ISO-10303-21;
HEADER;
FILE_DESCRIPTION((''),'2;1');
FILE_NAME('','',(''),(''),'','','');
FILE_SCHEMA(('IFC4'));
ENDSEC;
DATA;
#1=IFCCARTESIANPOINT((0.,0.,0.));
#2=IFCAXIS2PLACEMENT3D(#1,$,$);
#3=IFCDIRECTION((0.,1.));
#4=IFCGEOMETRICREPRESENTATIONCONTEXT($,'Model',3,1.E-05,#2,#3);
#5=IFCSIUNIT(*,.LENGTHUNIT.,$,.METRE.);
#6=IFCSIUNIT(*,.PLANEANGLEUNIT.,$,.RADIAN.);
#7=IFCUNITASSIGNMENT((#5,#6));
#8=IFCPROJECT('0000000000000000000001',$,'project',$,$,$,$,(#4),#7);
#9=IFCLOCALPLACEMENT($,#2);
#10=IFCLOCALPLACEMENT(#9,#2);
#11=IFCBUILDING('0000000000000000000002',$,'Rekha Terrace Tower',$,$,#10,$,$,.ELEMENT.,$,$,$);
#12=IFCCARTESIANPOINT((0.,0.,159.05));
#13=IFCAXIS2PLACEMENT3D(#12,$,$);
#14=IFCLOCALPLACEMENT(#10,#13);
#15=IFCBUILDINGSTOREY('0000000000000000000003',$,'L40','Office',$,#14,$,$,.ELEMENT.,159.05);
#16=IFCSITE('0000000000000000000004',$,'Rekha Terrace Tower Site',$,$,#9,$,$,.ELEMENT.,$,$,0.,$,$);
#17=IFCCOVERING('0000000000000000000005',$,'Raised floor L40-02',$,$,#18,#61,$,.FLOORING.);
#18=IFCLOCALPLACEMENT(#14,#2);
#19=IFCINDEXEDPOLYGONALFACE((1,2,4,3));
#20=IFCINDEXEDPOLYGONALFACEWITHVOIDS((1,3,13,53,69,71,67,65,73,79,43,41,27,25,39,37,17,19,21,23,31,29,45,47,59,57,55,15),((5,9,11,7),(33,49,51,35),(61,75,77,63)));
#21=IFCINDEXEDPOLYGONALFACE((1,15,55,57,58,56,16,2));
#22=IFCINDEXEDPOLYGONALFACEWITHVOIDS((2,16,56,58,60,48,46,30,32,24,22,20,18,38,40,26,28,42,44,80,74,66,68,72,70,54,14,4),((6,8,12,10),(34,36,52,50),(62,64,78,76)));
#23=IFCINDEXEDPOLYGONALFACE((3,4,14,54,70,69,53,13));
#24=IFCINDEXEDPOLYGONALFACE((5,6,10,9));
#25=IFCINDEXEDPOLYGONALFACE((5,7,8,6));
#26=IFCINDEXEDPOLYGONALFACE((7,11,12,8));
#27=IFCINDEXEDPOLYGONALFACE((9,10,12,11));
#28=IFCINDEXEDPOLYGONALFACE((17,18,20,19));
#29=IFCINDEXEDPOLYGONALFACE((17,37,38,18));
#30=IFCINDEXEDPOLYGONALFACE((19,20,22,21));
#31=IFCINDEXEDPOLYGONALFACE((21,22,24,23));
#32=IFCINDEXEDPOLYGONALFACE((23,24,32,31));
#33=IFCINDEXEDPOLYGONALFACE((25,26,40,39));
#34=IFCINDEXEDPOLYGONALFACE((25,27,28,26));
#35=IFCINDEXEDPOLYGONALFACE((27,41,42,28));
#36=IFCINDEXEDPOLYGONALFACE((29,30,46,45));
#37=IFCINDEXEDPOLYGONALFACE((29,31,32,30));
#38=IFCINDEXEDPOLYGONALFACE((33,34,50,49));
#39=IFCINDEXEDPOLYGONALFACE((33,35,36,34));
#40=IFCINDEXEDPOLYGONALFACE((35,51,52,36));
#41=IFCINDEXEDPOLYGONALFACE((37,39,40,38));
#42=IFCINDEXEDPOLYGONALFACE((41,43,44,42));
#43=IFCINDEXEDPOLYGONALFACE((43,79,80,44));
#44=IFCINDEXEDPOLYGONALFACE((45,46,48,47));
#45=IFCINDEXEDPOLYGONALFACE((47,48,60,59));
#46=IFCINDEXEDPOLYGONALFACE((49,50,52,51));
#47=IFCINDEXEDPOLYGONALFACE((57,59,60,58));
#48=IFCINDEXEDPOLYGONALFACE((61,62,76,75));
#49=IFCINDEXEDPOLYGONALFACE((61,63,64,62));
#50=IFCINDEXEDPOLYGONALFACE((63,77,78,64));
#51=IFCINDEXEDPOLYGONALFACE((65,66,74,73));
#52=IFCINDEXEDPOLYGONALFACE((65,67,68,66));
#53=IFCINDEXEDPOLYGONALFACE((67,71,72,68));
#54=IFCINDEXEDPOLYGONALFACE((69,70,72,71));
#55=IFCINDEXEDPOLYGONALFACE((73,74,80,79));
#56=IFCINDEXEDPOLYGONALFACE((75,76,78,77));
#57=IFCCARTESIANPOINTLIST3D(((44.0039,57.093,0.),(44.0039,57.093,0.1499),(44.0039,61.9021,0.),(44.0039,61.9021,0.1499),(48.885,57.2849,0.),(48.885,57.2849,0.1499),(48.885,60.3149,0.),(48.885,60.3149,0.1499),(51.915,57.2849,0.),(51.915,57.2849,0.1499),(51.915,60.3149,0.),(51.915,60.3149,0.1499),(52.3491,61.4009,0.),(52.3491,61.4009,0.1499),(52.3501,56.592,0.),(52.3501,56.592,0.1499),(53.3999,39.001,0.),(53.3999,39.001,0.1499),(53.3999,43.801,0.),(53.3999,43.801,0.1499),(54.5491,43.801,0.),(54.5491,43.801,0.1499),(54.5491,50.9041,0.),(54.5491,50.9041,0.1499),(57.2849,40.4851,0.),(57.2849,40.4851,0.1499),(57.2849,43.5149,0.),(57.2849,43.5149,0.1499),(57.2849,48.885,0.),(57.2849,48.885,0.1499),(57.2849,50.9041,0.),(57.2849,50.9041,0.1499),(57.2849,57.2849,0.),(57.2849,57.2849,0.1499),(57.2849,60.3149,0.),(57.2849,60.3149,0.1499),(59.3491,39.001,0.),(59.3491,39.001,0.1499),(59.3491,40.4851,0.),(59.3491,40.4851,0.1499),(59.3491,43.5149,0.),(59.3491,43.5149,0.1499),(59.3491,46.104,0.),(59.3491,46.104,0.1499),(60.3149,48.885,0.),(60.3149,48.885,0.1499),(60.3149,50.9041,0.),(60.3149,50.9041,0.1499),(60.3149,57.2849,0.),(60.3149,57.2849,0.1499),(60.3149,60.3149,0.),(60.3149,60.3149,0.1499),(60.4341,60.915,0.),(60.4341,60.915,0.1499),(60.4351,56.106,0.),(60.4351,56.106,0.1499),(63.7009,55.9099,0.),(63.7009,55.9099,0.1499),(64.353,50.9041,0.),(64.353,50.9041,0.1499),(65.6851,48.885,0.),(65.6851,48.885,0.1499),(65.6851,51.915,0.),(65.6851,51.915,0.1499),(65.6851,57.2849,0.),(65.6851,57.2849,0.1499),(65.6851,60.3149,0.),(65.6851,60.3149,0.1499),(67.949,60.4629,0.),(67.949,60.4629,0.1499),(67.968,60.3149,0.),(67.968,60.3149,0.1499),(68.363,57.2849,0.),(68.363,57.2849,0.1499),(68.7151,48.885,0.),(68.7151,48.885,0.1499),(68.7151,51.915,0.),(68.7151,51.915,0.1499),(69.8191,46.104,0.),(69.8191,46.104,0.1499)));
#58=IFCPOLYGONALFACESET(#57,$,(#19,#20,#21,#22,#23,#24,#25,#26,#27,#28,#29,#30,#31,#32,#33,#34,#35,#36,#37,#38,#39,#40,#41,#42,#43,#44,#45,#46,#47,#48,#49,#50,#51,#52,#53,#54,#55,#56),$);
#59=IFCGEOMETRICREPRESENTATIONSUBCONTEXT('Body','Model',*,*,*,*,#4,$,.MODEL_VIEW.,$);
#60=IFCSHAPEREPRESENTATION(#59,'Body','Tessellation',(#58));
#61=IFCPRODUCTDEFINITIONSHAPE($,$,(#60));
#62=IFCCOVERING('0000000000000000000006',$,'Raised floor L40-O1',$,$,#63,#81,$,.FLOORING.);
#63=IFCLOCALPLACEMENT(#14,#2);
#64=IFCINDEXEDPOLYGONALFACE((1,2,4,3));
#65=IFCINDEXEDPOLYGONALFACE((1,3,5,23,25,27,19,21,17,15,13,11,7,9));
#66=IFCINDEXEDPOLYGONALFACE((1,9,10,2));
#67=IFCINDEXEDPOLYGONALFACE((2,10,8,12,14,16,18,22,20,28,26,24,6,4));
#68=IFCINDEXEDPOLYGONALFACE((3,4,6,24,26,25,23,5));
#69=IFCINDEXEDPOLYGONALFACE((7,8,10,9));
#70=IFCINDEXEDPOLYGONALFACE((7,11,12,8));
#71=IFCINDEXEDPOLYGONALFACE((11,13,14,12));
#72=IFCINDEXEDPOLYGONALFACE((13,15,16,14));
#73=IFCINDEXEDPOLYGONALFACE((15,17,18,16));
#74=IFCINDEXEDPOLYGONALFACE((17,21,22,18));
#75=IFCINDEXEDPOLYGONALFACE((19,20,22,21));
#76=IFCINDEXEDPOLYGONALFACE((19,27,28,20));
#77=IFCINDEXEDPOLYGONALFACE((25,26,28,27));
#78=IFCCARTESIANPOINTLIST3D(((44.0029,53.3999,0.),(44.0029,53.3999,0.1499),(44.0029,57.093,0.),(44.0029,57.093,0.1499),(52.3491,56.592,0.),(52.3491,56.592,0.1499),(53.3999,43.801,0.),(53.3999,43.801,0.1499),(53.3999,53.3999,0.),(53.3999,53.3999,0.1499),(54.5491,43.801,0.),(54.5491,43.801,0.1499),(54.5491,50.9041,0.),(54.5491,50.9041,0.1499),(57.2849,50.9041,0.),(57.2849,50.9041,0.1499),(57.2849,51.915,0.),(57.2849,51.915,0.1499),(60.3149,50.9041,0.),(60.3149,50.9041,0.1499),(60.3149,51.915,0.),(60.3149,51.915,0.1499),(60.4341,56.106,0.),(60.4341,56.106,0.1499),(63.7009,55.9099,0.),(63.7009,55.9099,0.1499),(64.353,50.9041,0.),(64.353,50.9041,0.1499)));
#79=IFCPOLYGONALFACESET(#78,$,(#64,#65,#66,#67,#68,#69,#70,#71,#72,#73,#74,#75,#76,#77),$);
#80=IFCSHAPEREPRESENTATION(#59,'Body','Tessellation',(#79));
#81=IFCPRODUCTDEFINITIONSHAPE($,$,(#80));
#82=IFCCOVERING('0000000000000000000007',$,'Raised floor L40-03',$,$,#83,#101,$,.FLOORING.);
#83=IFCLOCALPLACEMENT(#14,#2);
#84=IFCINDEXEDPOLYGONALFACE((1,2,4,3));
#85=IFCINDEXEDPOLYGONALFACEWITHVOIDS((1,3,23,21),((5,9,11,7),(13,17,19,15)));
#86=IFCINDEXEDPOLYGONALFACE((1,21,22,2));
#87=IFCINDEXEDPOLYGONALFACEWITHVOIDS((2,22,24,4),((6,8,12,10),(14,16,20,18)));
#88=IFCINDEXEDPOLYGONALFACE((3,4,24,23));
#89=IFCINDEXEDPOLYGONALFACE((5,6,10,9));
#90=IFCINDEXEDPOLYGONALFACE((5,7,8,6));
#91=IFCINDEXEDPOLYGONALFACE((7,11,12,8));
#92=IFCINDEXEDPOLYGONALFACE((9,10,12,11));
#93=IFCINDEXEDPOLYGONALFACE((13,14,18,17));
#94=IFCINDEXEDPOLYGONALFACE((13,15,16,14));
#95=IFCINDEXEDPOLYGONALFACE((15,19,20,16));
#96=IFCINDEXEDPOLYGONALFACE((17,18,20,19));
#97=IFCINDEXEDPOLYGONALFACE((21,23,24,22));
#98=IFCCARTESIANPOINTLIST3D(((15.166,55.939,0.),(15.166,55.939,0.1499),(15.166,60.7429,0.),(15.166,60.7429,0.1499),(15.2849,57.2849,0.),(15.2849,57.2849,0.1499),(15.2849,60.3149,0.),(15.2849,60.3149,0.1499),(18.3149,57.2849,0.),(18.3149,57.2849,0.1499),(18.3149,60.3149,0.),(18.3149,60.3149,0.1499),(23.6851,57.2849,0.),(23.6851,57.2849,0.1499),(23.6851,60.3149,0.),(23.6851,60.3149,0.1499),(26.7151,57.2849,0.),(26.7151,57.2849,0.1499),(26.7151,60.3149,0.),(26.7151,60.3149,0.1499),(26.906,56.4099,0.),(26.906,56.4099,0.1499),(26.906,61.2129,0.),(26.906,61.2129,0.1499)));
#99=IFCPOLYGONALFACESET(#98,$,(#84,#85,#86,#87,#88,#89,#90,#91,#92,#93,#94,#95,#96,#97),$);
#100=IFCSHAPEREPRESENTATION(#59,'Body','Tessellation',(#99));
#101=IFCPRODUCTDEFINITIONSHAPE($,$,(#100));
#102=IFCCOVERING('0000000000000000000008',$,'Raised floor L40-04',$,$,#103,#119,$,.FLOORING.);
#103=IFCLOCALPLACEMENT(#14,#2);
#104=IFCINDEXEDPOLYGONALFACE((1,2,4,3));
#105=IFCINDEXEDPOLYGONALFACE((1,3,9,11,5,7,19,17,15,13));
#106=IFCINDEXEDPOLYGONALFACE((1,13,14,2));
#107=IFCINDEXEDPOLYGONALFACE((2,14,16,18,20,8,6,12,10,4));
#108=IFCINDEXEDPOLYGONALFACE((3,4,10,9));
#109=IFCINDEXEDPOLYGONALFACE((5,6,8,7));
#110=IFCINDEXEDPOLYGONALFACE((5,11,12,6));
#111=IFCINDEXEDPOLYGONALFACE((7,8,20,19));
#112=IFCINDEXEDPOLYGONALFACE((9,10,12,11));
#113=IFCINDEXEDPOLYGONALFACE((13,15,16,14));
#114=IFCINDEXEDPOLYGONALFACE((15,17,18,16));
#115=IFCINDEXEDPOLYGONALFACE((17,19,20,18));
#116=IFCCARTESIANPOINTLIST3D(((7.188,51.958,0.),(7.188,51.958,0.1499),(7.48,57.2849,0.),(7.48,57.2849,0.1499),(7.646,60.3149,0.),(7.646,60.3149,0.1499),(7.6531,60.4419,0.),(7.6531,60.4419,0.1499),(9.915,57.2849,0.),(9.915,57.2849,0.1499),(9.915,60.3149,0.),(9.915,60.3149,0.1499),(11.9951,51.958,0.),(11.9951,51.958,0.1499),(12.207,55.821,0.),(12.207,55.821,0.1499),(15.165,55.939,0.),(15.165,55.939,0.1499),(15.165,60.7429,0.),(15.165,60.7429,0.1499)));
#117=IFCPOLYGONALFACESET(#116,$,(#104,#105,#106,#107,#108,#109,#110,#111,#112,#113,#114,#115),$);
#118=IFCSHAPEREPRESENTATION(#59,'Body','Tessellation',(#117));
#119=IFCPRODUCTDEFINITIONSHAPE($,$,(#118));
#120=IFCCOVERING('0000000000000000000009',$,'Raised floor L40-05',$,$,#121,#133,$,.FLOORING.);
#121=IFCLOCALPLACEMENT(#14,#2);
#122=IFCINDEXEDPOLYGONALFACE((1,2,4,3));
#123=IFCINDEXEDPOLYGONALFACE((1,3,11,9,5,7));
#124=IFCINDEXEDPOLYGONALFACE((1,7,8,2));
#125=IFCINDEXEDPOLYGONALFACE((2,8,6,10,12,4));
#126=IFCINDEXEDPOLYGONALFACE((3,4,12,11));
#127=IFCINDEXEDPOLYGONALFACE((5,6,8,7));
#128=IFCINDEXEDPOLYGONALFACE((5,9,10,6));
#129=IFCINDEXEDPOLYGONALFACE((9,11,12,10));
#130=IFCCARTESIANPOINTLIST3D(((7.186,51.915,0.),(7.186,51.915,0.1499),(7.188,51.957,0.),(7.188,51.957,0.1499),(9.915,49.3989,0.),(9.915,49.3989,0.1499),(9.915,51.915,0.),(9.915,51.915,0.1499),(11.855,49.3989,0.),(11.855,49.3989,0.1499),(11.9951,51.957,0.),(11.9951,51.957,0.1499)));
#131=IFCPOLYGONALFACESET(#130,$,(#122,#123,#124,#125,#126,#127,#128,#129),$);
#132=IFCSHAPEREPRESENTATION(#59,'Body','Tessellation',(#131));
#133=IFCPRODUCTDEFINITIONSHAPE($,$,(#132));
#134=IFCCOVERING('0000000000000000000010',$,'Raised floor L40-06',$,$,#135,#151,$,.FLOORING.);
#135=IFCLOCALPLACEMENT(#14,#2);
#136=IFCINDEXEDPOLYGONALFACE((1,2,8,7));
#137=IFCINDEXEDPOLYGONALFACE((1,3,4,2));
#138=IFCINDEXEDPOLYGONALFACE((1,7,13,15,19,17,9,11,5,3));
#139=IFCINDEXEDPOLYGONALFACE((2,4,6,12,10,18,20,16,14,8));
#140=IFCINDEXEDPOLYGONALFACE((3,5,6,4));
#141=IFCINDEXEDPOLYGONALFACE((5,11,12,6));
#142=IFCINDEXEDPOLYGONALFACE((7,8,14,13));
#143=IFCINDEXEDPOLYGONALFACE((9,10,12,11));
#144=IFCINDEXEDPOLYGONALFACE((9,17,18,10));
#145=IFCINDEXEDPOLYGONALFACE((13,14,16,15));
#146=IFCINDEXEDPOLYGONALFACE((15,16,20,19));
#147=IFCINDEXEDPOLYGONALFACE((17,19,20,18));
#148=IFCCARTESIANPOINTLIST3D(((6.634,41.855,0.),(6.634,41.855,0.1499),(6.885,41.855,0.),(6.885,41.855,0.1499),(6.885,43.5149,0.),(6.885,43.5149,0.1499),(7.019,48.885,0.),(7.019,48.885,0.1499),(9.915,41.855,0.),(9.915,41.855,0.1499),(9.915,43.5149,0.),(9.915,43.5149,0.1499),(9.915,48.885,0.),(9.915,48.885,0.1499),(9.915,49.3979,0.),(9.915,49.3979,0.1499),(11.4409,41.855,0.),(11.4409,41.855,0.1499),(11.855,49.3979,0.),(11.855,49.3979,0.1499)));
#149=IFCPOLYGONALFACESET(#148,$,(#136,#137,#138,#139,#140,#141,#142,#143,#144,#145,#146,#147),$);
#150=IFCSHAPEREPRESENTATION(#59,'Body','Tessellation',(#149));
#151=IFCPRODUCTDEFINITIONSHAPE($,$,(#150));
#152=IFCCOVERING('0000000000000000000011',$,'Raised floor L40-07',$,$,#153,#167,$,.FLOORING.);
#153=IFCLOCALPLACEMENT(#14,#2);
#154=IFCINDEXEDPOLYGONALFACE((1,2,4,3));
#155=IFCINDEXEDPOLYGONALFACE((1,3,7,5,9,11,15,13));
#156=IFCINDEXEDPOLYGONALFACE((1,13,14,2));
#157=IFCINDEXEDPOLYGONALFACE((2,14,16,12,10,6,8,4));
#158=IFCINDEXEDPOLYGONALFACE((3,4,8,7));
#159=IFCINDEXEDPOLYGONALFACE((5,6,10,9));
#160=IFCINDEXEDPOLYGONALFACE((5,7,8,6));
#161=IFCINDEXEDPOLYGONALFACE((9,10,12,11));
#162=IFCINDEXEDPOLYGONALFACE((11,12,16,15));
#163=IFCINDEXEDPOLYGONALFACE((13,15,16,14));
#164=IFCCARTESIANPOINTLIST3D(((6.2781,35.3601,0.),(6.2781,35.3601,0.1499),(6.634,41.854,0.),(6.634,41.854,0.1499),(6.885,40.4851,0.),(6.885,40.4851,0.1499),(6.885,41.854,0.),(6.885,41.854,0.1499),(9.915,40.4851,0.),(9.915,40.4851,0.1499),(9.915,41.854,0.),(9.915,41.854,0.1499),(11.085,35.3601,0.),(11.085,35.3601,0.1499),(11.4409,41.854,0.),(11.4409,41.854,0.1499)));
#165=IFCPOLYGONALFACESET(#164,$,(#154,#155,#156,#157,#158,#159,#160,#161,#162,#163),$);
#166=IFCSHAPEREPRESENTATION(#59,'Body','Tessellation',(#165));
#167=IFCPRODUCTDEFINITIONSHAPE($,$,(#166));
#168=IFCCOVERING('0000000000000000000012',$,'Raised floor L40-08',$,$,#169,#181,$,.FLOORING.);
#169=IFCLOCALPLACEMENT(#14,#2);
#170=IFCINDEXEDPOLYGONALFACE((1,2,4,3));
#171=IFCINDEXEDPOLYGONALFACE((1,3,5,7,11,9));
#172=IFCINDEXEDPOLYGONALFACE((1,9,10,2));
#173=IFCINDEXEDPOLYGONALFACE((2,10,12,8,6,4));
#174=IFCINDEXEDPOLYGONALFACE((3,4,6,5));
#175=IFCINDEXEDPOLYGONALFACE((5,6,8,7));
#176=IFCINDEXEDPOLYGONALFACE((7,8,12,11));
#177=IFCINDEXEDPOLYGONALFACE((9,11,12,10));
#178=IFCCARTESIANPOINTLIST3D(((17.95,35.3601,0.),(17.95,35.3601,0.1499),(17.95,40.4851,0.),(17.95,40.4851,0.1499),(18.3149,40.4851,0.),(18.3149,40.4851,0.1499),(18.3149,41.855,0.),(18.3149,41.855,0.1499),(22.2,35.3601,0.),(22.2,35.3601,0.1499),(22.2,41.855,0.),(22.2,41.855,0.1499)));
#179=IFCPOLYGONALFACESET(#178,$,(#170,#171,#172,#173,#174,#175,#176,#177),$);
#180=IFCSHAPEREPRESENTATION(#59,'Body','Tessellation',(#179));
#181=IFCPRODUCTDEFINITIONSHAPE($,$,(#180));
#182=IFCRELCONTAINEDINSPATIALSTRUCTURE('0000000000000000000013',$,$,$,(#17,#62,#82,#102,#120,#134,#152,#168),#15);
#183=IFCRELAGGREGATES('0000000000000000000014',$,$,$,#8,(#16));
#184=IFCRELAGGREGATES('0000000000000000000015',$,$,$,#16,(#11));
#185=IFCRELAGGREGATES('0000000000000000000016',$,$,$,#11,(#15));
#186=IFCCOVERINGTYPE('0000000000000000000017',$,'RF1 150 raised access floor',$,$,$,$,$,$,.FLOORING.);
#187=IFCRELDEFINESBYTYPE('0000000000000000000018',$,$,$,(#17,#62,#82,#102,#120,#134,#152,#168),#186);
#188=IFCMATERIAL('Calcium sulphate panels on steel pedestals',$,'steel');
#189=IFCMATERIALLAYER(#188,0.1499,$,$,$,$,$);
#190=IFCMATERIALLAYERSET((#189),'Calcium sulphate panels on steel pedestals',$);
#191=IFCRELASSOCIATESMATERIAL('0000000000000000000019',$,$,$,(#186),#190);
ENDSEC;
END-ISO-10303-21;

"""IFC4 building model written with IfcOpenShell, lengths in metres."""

from ifc_helpers import new_model, si_unit, direction, frame, origin, place, context, subcontext, project, spatial, polyline, outline, extrude, material, layer, layer_set, type_object, element, save


model = new_model("IFC4")

# Units and contexts
model_context = context("Model", 3, precision=1e-05, world=origin(), true_north=direction((0.0, 1.0)))
body_context = subcontext(model_context, "Body", "Model", "MODEL_VIEW")
ifc_project = project(units=[si_unit("LENGTHUNIT", "METRE"), si_unit("PLANEANGLEUNIT", "RADIAN")], contexts=[model_context])

# Site, building, storey
site_placement = place(None, origin())
site = spatial("IfcSite", under=ifc_project, at=site_placement, Name="Rekha Terrace Tower Site", CompositionType="ELEMENT", RefElevation=0.0)
building_placement = place(site_placement, origin())
building = spatial("IfcBuilding", under=site, at=building_placement, Name="Rekha Terrace Tower", CompositionType="ELEMENT")
storey_placement = place(building_placement, frame((0.0, 0.0, 159.05)))
storey = spatial("IfcBuildingStorey", under=building, at=storey_placement, Name="L40", Description="Office", CompositionType="ELEMENT", Elevation=159.05)

# Coverings
ifc_material_1 = material(Name="Calcium sulphate panels on steel pedestals", Category="steel")
ifc_layer_1 = layer(ifc_material_1, 0.1499)
ifc_layer_set_1 = layer_set([ifc_layer_1], Name="Calcium sulphate panels on steel pedestals")
covering_type_1 = type_object("IfcCoveringType", Name="RF1 150 raised access floor", PredefinedType="FLOORING", material=ifc_layer_set_1)
covering_1_placement = place(storey_placement, origin())
element("IfcCovering", 1, at=covering_1_placement, inside=storey, type_object=covering_type_1, Name="Raised floor L40-02", PredefinedType="FLOORING", context=body_context, shape_type="SweptSolid", body=[
    extrude(outline(polyline([(60.4341, 60.915), (52.3491, 61.4009), (44.0039, 61.9021), (44.0039, 57.093), (52.3501, 56.592), (60.4351, 56.106), (63.7009, 55.9099), (64.353, 50.9041), (60.3149, 50.9041), (60.3149, 48.885), (57.2849, 48.885), (57.2849, 50.9041), (54.5491, 50.9041), (54.5491, 43.801), (53.3999, 43.801), (53.3999, 39.001), (59.3491, 39.001), (59.3491, 40.4851), (57.2849, 40.4851), (57.2849, 43.5149), (59.3491, 43.5149), (59.3491, 46.104), (69.8191, 46.104), (68.363, 57.2849), (65.6851, 57.2849), (65.6851, 60.3149), (67.968, 60.3149), (67.949, 60.4629), (60.4341, 60.915)]), holes=[polyline([(68.7151, 48.885), (65.6851, 48.885), (65.6851, 51.915), (68.7151, 51.915), (68.7151, 48.885)]), polyline([(60.3149, 57.2849), (57.2849, 57.2849), (57.2849, 60.3149), (60.3149, 60.3149), (60.3149, 57.2849)]), polyline([(51.915, 57.2849), (48.885, 57.2849), (48.885, 60.3149), (51.915, 60.3149), (51.915, 57.2849)])]), origin(), (0.0, 0.0, 1.0), 0.1499),
])
covering_2_placement = place(storey_placement, origin())
element("IfcCovering", 2, at=covering_2_placement, inside=storey, type_object=covering_type_1, Name="Raised floor L40-O1", PredefinedType="FLOORING", context=body_context, shape_type="SweptSolid", body=[
    extrude(outline(polyline([(52.3491, 56.592), (44.0029, 57.093), (44.0029, 53.3999), (53.3999, 53.3999), (53.3999, 43.801), (54.5491, 43.801), (54.5491, 50.9041), (57.2849, 50.9041), (57.2849, 51.915), (60.3149, 51.915), (60.3149, 50.9041), (64.353, 50.9041), (63.7009, 55.9099), (60.4341, 56.106), (52.3491, 56.592)])), origin(), (0.0, 0.0, 1.0), 0.1499),
])
covering_3_placement = place(storey_placement, origin())
element("IfcCovering", 3, at=covering_3_placement, inside=storey, type_object=covering_type_1, Name="Raised floor L40-03", PredefinedType="FLOORING", context=body_context, shape_type="SweptSolid", body=[
    extrude(outline(polyline([(15.166, 60.7429), (15.166, 55.939), (26.906, 56.4099), (26.906, 61.2129), (15.166, 60.7429)]), holes=[polyline([(26.7151, 57.2849), (23.6851, 57.2849), (23.6851, 60.3149), (26.7151, 60.3149), (26.7151, 57.2849)]), polyline([(18.3149, 57.2849), (15.2849, 57.2849), (15.2849, 60.3149), (18.3149, 60.3149), (18.3149, 57.2849)])]), origin(), (0.0, 0.0, 1.0), 0.1499),
])
covering_4_placement = place(storey_placement, origin())
element("IfcCovering", 4, at=covering_4_placement, inside=storey, type_object=covering_type_1, Name="Raised floor L40-04", PredefinedType="FLOORING", context=body_context, shape_type="SweptSolid", body=[
    extrude(outline(polyline([(12.207, 55.821), (15.165, 55.939), (15.165, 60.7429), (7.6531, 60.4419), (7.646, 60.3149), (9.915, 60.3149), (9.915, 57.2849), (7.48, 57.2849), (7.188, 51.958), (11.9951, 51.958), (12.207, 55.821)])), origin(), (0.0, 0.0, 1.0), 0.1499),
])
covering_5_placement = place(storey_placement, origin())
element("IfcCovering", 5, at=covering_5_placement, inside=storey, type_object=covering_type_1, Name="Raised floor L40-05", PredefinedType="FLOORING", context=body_context, shape_type="SweptSolid", body=[
    extrude(outline(polyline([(9.915, 49.3989), (11.855, 49.3989), (11.9951, 51.957), (7.188, 51.957), (7.186, 51.915), (9.915, 51.915), (9.915, 49.3989)])), origin(), (0.0, 0.0, 1.0), 0.1499),
])
covering_6_placement = place(storey_placement, origin())
element("IfcCovering", 6, at=covering_6_placement, inside=storey, type_object=covering_type_1, Name="Raised floor L40-06", PredefinedType="FLOORING", context=body_context, shape_type="SweptSolid", body=[
    extrude(outline(polyline([(9.915, 41.855), (11.4409, 41.855), (11.855, 49.3979), (9.915, 49.3979), (9.915, 48.885), (7.019, 48.885), (6.634, 41.855), (6.885, 41.855), (6.885, 43.5149), (9.915, 43.5149), (9.915, 41.855)])), origin(), (0.0, 0.0, 1.0), 0.1499),
])
covering_7_placement = place(storey_placement, origin())
element("IfcCovering", 7, at=covering_7_placement, inside=storey, type_object=covering_type_1, Name="Raised floor L40-07", PredefinedType="FLOORING", context=body_context, shape_type="SweptSolid", body=[
    extrude(outline(polyline([(6.2781, 35.3601), (11.085, 35.3601), (11.4409, 41.854), (9.915, 41.854), (9.915, 40.4851), (6.885, 40.4851), (6.885, 41.854), (6.634, 41.854), (6.2781, 35.3601)])), origin(), (0.0, 0.0, 1.0), 0.1499),
])
covering_8_placement = place(storey_placement, origin())
element("IfcCovering", 8, at=covering_8_placement, inside=storey, type_object=covering_type_1, Name="Raised floor L40-08", PredefinedType="FLOORING", context=body_context, shape_type="SweptSolid", body=[
    extrude(outline(polyline([(18.3149, 40.4851), (17.95, 40.4851), (17.95, 35.3601), (22.2, 35.3601), (22.2, 41.855), (18.3149, 41.855), (18.3149, 40.4851)])), origin(), (0.0, 0.0, 1.0), 0.1499),
])

save(model, "model.ifc")
